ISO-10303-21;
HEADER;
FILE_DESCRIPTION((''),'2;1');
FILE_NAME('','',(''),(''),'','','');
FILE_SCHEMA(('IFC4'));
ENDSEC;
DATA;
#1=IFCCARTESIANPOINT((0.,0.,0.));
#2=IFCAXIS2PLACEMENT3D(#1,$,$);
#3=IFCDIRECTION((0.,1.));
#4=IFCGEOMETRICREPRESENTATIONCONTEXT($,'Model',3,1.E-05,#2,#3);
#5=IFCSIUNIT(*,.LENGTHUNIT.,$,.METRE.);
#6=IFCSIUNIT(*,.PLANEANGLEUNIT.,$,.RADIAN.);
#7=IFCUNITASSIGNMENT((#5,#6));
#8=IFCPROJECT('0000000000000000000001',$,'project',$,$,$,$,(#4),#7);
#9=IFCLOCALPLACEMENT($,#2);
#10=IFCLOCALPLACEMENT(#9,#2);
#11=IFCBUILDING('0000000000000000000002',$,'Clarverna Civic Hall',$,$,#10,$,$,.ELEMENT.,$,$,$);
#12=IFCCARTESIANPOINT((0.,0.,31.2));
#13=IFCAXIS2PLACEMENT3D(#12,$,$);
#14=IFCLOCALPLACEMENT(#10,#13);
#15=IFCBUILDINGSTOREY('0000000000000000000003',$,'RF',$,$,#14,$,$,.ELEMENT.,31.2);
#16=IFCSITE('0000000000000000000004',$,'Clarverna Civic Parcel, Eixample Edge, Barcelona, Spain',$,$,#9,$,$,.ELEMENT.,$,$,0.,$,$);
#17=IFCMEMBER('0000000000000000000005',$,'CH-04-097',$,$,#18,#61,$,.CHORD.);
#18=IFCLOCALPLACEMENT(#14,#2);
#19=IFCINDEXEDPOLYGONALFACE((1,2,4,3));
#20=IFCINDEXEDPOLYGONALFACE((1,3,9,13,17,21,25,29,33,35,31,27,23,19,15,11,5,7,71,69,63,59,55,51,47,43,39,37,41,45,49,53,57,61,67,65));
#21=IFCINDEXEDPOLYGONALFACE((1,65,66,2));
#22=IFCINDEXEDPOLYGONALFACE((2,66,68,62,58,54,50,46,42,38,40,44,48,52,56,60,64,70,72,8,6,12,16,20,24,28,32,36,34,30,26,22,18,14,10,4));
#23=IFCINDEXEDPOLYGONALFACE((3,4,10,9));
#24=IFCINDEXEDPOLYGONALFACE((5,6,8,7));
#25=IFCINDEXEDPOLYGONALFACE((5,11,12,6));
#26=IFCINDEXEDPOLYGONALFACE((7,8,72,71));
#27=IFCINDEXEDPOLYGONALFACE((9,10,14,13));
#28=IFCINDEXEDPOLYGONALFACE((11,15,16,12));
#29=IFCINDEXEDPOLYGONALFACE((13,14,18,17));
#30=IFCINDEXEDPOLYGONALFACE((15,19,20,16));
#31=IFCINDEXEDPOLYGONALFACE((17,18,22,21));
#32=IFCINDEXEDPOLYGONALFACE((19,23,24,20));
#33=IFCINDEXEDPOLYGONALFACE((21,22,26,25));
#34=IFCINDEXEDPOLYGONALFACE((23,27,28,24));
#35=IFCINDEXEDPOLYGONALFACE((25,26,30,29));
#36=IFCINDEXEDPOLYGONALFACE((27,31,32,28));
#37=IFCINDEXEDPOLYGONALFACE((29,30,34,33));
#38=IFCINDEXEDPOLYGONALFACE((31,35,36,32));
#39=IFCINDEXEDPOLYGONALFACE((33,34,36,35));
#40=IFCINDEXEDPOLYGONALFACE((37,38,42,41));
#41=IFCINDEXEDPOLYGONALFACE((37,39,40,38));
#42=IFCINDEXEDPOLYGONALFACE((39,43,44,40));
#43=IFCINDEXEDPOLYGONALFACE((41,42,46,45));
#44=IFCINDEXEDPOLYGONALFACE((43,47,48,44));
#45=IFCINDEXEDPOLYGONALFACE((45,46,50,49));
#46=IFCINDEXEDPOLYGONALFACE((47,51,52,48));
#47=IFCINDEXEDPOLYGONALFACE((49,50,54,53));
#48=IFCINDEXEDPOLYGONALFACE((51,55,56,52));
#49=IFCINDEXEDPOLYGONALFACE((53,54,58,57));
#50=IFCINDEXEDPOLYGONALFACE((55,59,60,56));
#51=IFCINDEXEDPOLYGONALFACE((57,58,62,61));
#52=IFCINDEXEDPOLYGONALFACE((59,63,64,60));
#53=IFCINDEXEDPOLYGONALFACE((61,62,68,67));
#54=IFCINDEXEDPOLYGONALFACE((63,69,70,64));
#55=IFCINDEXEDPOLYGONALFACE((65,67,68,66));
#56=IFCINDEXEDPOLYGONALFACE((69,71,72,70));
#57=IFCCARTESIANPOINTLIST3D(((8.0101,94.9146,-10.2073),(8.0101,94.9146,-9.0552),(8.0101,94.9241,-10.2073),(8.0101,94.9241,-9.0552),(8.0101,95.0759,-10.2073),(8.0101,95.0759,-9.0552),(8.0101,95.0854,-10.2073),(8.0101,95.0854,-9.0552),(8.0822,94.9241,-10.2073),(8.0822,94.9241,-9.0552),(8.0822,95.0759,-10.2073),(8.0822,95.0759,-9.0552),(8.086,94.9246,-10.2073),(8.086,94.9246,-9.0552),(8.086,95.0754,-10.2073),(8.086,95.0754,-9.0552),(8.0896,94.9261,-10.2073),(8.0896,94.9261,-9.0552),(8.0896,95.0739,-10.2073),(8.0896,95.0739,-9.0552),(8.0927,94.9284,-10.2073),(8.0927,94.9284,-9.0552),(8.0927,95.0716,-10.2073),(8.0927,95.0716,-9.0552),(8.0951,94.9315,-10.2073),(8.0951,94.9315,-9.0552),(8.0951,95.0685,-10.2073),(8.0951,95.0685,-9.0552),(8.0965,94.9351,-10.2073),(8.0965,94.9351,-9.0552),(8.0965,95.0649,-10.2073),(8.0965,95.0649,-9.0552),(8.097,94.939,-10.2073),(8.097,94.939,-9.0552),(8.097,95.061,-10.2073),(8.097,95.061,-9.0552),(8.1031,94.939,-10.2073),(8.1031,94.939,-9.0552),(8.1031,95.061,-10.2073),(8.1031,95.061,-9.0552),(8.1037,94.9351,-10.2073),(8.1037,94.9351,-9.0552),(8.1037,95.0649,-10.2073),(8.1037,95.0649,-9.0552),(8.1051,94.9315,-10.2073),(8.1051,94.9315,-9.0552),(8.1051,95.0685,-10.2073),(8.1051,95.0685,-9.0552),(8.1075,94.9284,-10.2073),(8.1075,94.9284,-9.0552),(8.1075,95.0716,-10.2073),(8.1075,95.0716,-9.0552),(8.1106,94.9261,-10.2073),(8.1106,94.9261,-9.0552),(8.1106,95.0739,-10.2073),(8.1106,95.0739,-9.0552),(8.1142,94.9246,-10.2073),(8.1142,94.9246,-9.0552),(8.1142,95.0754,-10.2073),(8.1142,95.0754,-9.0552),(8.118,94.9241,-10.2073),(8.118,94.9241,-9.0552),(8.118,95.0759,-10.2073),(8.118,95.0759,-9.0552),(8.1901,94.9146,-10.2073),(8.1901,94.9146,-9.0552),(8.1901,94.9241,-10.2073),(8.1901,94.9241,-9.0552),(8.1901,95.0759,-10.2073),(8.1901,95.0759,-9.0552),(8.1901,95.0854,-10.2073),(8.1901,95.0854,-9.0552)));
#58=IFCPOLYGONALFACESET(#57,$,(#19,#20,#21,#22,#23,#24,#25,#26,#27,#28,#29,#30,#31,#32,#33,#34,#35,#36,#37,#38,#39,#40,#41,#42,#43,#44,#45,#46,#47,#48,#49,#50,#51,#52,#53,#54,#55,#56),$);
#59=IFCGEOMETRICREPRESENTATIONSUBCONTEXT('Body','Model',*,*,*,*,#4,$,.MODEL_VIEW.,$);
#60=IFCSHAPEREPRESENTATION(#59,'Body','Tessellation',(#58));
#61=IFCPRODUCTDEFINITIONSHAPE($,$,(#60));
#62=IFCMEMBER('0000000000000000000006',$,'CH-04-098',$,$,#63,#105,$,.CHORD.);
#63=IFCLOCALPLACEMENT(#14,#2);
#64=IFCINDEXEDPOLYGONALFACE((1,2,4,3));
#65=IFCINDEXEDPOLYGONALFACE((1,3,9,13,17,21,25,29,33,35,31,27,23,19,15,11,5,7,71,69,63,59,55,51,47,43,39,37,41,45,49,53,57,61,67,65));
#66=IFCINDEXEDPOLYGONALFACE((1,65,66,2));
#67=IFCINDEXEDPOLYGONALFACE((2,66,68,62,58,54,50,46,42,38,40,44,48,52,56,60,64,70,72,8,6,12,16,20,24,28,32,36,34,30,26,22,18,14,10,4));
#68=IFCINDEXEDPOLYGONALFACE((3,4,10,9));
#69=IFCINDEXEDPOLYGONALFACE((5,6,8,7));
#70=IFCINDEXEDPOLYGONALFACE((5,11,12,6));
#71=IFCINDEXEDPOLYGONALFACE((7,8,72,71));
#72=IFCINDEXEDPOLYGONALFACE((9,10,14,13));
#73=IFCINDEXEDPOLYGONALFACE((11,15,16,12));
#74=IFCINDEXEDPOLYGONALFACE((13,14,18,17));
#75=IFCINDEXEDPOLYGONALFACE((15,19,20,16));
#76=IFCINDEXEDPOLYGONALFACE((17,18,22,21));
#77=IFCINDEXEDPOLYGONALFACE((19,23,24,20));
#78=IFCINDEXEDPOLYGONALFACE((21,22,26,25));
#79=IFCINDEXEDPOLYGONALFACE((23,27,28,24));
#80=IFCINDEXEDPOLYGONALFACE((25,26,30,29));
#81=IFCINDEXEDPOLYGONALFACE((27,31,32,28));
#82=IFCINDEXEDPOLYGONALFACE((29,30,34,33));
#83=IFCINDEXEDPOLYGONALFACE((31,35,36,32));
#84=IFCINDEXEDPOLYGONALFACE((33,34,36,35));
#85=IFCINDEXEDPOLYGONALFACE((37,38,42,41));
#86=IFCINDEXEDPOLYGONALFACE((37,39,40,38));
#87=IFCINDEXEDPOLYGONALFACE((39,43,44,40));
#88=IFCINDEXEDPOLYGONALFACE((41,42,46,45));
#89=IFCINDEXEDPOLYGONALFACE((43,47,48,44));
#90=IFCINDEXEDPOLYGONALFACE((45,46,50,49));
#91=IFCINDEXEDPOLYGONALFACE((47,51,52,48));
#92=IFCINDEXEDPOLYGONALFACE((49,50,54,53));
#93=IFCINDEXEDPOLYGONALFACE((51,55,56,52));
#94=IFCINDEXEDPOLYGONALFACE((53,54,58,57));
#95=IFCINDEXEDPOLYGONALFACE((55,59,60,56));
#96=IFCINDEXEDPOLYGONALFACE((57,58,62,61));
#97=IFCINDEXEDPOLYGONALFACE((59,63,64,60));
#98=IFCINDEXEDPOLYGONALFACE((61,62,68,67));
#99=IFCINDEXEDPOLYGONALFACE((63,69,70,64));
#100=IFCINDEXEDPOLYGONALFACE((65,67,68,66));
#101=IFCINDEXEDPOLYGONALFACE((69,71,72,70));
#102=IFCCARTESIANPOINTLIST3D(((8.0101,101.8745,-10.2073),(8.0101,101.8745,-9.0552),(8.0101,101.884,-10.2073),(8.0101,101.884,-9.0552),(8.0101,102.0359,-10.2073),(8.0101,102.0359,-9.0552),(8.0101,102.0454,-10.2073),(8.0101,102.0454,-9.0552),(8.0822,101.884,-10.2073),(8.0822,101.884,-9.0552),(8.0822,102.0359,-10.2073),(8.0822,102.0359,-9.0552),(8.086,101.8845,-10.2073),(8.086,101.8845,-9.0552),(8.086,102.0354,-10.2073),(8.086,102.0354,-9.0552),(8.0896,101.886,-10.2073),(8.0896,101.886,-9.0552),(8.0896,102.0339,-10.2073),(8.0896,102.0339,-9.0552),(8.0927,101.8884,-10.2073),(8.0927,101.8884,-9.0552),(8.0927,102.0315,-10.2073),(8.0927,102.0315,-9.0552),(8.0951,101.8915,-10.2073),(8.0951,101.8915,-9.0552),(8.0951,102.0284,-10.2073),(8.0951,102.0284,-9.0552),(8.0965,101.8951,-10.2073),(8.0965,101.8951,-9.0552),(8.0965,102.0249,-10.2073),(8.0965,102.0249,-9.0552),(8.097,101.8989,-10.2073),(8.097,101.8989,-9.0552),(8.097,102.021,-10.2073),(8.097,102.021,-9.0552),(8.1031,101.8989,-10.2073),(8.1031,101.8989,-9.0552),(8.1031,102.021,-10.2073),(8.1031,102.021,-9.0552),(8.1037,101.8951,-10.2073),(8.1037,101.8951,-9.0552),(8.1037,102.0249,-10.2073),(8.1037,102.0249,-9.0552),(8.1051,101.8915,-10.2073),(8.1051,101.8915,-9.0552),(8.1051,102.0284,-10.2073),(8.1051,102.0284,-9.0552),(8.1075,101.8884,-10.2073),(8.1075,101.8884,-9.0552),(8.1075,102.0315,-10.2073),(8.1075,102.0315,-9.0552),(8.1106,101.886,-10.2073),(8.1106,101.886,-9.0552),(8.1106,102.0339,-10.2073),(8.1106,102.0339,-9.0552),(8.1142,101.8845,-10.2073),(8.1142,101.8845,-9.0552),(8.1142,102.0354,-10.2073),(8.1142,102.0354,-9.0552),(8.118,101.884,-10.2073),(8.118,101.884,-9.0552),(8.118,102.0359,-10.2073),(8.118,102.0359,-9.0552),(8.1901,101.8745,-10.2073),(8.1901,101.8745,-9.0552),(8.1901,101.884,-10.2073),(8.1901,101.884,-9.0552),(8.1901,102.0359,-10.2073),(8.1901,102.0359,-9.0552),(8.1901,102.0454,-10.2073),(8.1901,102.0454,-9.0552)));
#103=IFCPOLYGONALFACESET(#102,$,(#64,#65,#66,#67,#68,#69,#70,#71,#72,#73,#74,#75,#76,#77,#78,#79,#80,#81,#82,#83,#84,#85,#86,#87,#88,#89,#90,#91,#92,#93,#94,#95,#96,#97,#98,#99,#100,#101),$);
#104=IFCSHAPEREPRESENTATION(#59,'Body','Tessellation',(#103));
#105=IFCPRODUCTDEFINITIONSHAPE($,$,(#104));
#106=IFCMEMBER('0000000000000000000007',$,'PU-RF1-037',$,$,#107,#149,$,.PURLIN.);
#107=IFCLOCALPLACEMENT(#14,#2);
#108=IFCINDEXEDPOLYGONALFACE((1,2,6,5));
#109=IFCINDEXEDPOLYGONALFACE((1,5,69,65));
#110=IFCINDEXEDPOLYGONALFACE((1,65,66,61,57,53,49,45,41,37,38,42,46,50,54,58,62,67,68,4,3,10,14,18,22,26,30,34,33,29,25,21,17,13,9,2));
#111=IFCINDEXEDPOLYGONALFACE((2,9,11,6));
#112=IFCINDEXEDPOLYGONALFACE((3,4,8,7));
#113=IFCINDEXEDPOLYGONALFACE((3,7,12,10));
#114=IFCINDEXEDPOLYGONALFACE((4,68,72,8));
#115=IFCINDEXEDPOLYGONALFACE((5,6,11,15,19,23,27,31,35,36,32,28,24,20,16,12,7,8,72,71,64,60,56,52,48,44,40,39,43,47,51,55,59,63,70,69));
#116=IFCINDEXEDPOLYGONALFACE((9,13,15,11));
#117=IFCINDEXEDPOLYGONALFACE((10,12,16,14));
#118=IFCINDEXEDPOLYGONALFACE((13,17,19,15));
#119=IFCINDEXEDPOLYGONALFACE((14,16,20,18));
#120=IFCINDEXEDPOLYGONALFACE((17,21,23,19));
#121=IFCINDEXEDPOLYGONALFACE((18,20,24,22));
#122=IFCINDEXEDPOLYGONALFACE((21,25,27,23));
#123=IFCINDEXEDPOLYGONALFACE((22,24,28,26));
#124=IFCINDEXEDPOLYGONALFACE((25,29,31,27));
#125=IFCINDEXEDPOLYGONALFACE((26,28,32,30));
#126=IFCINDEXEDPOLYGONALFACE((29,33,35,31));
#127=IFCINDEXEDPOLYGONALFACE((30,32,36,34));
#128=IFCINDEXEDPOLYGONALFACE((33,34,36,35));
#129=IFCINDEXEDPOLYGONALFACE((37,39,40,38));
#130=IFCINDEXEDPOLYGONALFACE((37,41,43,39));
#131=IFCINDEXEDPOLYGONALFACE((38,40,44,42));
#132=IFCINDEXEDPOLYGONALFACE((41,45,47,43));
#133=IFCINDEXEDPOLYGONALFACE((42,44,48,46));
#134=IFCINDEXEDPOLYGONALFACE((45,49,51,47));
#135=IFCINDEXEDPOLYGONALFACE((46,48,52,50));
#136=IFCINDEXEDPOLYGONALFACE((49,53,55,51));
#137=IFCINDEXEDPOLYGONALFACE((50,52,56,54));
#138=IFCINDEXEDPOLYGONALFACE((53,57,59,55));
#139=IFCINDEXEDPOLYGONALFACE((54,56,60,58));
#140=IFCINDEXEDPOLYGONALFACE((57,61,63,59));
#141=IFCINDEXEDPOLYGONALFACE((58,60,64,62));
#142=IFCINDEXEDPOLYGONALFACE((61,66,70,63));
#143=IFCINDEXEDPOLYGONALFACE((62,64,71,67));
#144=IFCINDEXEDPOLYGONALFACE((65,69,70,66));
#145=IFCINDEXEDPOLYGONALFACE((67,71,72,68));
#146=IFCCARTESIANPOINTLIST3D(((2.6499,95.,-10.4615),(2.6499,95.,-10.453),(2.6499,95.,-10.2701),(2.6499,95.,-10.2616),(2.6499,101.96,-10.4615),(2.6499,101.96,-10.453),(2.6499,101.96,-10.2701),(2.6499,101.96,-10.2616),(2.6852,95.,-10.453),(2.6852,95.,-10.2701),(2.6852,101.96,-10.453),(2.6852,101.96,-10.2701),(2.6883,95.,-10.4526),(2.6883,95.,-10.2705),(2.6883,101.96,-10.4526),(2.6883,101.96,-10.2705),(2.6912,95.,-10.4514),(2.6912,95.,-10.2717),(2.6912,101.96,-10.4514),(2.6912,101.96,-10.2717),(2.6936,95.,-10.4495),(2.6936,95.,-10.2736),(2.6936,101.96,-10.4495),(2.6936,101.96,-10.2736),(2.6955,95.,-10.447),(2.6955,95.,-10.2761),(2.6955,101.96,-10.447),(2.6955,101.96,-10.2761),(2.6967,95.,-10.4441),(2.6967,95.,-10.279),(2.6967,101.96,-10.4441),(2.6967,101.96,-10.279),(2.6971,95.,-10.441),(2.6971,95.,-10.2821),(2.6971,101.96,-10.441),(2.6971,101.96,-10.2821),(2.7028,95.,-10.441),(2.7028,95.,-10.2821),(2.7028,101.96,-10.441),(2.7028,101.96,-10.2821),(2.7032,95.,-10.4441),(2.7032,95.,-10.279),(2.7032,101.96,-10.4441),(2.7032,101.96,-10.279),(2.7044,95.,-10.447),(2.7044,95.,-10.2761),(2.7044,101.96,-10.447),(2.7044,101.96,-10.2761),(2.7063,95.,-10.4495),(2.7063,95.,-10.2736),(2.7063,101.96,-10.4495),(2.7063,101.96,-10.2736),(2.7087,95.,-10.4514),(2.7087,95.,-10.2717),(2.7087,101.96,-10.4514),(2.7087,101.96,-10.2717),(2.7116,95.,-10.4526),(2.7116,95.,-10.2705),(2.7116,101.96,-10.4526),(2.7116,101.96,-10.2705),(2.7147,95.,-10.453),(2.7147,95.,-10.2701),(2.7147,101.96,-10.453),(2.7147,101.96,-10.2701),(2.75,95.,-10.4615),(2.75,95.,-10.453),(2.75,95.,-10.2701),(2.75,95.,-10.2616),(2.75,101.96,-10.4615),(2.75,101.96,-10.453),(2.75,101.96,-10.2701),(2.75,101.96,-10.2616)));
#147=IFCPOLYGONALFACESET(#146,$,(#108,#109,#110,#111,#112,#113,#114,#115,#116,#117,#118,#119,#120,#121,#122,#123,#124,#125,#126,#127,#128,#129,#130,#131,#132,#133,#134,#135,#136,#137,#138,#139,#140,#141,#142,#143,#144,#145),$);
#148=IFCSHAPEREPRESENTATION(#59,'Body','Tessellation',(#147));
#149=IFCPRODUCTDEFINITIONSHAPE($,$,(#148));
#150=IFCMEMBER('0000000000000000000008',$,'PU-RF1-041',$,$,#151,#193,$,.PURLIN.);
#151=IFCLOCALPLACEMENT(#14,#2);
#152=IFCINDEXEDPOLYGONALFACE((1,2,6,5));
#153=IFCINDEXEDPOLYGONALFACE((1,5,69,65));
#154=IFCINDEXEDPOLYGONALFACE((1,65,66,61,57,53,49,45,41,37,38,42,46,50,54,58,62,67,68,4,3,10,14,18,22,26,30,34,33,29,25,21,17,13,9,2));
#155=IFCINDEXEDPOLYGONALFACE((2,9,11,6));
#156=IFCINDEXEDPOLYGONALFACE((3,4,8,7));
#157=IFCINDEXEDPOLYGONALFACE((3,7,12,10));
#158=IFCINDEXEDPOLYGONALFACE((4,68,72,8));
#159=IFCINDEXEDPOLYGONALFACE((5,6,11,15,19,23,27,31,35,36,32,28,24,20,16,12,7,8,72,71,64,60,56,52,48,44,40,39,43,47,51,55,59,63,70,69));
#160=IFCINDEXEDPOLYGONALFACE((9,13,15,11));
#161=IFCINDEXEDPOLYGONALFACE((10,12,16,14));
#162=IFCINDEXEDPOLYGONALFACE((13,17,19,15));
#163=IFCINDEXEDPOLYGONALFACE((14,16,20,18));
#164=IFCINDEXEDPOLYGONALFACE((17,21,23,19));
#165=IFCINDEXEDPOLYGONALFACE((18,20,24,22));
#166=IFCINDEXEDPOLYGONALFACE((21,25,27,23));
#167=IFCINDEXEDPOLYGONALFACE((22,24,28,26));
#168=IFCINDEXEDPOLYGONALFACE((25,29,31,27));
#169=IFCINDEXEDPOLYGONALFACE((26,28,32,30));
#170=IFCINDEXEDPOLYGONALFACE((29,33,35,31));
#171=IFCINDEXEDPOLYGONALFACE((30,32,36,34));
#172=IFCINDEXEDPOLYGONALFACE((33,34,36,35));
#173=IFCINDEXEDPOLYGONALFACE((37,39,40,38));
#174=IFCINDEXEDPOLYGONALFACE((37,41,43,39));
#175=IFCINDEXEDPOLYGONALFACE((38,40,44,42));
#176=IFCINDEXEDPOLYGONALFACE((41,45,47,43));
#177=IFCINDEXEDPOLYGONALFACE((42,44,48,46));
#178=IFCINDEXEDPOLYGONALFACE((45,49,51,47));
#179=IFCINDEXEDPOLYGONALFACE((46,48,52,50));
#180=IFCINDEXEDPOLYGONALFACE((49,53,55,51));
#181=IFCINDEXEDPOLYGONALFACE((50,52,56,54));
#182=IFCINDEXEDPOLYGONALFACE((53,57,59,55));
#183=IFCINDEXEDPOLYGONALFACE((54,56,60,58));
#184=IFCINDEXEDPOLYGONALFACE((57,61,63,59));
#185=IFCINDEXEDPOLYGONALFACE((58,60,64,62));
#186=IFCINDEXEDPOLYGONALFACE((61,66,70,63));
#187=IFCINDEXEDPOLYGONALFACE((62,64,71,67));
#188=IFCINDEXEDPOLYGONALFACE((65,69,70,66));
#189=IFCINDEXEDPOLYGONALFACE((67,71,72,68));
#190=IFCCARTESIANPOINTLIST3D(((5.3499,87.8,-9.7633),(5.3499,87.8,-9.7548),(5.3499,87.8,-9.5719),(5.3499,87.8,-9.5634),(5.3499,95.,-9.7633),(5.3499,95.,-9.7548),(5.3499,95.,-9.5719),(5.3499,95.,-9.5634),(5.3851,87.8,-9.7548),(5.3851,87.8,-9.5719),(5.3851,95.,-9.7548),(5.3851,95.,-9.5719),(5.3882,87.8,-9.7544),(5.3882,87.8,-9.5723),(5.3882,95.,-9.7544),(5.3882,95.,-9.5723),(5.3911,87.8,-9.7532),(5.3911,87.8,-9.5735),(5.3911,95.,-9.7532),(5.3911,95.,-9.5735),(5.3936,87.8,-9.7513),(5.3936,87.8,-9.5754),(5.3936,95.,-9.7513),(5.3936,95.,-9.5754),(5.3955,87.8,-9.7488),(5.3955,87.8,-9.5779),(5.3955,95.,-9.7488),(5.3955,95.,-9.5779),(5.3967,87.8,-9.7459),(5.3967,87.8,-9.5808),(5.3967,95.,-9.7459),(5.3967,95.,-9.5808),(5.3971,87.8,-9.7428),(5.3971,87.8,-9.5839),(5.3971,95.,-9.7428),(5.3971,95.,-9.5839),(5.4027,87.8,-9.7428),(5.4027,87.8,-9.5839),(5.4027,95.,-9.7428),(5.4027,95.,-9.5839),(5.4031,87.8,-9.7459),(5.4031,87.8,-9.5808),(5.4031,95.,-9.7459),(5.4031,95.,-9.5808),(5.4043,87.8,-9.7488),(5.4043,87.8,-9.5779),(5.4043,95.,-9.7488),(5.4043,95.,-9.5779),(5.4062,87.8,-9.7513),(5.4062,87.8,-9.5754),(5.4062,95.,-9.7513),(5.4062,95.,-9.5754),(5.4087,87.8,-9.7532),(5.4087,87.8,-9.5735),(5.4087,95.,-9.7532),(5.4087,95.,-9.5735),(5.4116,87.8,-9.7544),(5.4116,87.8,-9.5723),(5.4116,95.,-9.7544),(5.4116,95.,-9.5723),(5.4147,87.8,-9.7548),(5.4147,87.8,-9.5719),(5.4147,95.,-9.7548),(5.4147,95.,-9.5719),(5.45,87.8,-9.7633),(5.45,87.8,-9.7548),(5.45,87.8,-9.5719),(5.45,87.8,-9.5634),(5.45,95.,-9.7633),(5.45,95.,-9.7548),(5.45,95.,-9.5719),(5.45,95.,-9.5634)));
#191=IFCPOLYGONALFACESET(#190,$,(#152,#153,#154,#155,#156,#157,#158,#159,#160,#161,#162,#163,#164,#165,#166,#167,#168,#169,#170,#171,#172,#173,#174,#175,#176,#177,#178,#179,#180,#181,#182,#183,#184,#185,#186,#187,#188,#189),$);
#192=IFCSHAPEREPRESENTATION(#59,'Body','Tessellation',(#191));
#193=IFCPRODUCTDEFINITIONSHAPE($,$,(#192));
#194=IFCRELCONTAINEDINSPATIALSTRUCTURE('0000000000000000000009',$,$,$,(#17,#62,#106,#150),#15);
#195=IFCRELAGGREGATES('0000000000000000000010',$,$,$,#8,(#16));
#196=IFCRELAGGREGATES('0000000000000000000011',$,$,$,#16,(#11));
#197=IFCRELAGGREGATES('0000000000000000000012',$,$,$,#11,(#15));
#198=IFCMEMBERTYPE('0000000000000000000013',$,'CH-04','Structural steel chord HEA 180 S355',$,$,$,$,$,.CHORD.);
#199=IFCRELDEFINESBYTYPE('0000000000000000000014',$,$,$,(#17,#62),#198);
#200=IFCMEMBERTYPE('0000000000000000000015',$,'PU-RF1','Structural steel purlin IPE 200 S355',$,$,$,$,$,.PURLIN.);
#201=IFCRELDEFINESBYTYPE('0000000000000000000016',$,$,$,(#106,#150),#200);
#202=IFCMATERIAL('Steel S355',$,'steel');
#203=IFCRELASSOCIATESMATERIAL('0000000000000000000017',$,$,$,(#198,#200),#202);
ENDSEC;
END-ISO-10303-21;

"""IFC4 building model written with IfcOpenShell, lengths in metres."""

from ifc_helpers import new_model, si_unit, direction, frame, origin, origin_2d, place, context, subcontext, project, spatial, i_section, extrude, material, material_profile, profile_set, type_object, element, save


model = new_model("IFC4")

# Units and contexts
model_context = context("Model", 3, precision=1e-05, world=origin(), true_north=direction((0.0, 1.0)))
body_context = subcontext(model_context, "Body", "Model", "MODEL_VIEW")
ifc_project = project(units=[si_unit("LENGTHUNIT", "METRE"), si_unit("PLANEANGLEUNIT", "RADIAN")], contexts=[model_context])

# Site, building, storey
site_placement = place(None, origin())
site = spatial("IfcSite", under=ifc_project, at=site_placement, Name="Clarverna Civic Parcel, Eixample Edge, Barcelona, Spain", CompositionType="ELEMENT", RefElevation=0.0)
building_placement = place(site_placement, origin())
building = spatial("IfcBuilding", under=site, at=building_placement, Name="Clarverna Civic Hall", CompositionType="ELEMENT")
storey_placement = place(building_placement, frame((0.0, 0.0, 31.2)))
storey = spatial("IfcBuildingStorey", under=building, at=storey_placement, Name="RF", CompositionType="ELEMENT", Elevation=31.2)

# Members
ifc_material_1 = material(Name="Steel S355", Category="steel")
ifc_material_profile_1 = material_profile(ifc_material_1, i_section(OverallWidth=0.1799, OverallDepth=0.1709, WebThickness=0.0061, FlangeThickness=0.0095, FilletRadius=0.0149, at=origin_2d()), Name="HEA 180")
ifc_profile_set_1 = profile_set([ifc_material_profile_1], Name="Steel S355")
member_type_1 = type_object("IfcMemberType", Name="CH-04", Description="Structural steel chord HEA 180 S355", PredefinedType="CHORD", material=ifc_profile_set_1)
for number, where, z_axis, x_axis, name in (
    (1, (8.1001, 95.0, -10.2073), (0.0, 0.0, 1.0), (1.0, 0.0, 0.0), "CH-04-097"),
    (2, (8.1001, 101.96, -10.2073), (0.0, 0.0, 1.0), (1.0, 0.0, 0.0), "CH-04-098"),
):
    element("IfcMember", number, at=place(storey_placement, frame(where, z_axis=z_axis, x_axis=x_axis)), inside=storey, type_object=member_type_1, Name=name, PredefinedType="CHORD", context=body_context, shape_type="SweptSolid", body=[
        extrude(i_section(OverallWidth=0.1799, OverallDepth=0.1709, WebThickness=0.0061, FlangeThickness=0.0095, FilletRadius=0.0149, at=origin_2d()), origin(), (0.0, 0.0, 1.0), 1.1521),
    ])
ifc_material_profile_2 = material_profile(ifc_material_1, i_section(OverallWidth=0.1001, OverallDepth=0.2, WebThickness=0.0056, FlangeThickness=0.0085, FilletRadius=0.012, at=origin_2d()), Name="IPE 200")
ifc_profile_set_2 = profile_set([ifc_material_profile_2], Name="Steel S355")
member_type_2 = type_object("IfcMemberType", Name="PU-RF1", Description="Structural steel purlin IPE 200 S355", PredefinedType="PURLIN", material=ifc_profile_set_2)
member_1_placement = place(storey_placement, frame((2.7, 95.0, -10.3616), z_axis=(0.0, 1.0, 0.0), x_axis=(-1.0, 0.0, 0.0)))
element("IfcMember", 3, at=member_1_placement, inside=storey, type_object=member_type_2, Name="PU-RF1-037", PredefinedType="PURLIN", context=body_context, shape_type="SweptSolid", body=[
    extrude(i_section(OverallWidth=0.1001, OverallDepth=0.2, WebThickness=0.0056, FlangeThickness=0.0085, FilletRadius=0.012, at=origin_2d()), origin(), (0.0, 0.0, 1.0), 6.96),
])
member_2_placement = place(storey_placement, frame((5.3999, 87.8, -9.6633), z_axis=(0.0, 1.0, 0.0), x_axis=(-1.0, 0.0, 0.0)))
element("IfcMember", 4, at=member_2_placement, inside=storey, type_object=member_type_2, Name="PU-RF1-041", PredefinedType="PURLIN", context=body_context, shape_type="SweptSolid", body=[
    extrude(i_section(OverallWidth=0.1001, OverallDepth=0.2, WebThickness=0.0056, FlangeThickness=0.0085, FilletRadius=0.012, at=origin_2d()), origin(), (0.0, 0.0, 1.0), 7.2),
])

save(model, "model.ifc")
